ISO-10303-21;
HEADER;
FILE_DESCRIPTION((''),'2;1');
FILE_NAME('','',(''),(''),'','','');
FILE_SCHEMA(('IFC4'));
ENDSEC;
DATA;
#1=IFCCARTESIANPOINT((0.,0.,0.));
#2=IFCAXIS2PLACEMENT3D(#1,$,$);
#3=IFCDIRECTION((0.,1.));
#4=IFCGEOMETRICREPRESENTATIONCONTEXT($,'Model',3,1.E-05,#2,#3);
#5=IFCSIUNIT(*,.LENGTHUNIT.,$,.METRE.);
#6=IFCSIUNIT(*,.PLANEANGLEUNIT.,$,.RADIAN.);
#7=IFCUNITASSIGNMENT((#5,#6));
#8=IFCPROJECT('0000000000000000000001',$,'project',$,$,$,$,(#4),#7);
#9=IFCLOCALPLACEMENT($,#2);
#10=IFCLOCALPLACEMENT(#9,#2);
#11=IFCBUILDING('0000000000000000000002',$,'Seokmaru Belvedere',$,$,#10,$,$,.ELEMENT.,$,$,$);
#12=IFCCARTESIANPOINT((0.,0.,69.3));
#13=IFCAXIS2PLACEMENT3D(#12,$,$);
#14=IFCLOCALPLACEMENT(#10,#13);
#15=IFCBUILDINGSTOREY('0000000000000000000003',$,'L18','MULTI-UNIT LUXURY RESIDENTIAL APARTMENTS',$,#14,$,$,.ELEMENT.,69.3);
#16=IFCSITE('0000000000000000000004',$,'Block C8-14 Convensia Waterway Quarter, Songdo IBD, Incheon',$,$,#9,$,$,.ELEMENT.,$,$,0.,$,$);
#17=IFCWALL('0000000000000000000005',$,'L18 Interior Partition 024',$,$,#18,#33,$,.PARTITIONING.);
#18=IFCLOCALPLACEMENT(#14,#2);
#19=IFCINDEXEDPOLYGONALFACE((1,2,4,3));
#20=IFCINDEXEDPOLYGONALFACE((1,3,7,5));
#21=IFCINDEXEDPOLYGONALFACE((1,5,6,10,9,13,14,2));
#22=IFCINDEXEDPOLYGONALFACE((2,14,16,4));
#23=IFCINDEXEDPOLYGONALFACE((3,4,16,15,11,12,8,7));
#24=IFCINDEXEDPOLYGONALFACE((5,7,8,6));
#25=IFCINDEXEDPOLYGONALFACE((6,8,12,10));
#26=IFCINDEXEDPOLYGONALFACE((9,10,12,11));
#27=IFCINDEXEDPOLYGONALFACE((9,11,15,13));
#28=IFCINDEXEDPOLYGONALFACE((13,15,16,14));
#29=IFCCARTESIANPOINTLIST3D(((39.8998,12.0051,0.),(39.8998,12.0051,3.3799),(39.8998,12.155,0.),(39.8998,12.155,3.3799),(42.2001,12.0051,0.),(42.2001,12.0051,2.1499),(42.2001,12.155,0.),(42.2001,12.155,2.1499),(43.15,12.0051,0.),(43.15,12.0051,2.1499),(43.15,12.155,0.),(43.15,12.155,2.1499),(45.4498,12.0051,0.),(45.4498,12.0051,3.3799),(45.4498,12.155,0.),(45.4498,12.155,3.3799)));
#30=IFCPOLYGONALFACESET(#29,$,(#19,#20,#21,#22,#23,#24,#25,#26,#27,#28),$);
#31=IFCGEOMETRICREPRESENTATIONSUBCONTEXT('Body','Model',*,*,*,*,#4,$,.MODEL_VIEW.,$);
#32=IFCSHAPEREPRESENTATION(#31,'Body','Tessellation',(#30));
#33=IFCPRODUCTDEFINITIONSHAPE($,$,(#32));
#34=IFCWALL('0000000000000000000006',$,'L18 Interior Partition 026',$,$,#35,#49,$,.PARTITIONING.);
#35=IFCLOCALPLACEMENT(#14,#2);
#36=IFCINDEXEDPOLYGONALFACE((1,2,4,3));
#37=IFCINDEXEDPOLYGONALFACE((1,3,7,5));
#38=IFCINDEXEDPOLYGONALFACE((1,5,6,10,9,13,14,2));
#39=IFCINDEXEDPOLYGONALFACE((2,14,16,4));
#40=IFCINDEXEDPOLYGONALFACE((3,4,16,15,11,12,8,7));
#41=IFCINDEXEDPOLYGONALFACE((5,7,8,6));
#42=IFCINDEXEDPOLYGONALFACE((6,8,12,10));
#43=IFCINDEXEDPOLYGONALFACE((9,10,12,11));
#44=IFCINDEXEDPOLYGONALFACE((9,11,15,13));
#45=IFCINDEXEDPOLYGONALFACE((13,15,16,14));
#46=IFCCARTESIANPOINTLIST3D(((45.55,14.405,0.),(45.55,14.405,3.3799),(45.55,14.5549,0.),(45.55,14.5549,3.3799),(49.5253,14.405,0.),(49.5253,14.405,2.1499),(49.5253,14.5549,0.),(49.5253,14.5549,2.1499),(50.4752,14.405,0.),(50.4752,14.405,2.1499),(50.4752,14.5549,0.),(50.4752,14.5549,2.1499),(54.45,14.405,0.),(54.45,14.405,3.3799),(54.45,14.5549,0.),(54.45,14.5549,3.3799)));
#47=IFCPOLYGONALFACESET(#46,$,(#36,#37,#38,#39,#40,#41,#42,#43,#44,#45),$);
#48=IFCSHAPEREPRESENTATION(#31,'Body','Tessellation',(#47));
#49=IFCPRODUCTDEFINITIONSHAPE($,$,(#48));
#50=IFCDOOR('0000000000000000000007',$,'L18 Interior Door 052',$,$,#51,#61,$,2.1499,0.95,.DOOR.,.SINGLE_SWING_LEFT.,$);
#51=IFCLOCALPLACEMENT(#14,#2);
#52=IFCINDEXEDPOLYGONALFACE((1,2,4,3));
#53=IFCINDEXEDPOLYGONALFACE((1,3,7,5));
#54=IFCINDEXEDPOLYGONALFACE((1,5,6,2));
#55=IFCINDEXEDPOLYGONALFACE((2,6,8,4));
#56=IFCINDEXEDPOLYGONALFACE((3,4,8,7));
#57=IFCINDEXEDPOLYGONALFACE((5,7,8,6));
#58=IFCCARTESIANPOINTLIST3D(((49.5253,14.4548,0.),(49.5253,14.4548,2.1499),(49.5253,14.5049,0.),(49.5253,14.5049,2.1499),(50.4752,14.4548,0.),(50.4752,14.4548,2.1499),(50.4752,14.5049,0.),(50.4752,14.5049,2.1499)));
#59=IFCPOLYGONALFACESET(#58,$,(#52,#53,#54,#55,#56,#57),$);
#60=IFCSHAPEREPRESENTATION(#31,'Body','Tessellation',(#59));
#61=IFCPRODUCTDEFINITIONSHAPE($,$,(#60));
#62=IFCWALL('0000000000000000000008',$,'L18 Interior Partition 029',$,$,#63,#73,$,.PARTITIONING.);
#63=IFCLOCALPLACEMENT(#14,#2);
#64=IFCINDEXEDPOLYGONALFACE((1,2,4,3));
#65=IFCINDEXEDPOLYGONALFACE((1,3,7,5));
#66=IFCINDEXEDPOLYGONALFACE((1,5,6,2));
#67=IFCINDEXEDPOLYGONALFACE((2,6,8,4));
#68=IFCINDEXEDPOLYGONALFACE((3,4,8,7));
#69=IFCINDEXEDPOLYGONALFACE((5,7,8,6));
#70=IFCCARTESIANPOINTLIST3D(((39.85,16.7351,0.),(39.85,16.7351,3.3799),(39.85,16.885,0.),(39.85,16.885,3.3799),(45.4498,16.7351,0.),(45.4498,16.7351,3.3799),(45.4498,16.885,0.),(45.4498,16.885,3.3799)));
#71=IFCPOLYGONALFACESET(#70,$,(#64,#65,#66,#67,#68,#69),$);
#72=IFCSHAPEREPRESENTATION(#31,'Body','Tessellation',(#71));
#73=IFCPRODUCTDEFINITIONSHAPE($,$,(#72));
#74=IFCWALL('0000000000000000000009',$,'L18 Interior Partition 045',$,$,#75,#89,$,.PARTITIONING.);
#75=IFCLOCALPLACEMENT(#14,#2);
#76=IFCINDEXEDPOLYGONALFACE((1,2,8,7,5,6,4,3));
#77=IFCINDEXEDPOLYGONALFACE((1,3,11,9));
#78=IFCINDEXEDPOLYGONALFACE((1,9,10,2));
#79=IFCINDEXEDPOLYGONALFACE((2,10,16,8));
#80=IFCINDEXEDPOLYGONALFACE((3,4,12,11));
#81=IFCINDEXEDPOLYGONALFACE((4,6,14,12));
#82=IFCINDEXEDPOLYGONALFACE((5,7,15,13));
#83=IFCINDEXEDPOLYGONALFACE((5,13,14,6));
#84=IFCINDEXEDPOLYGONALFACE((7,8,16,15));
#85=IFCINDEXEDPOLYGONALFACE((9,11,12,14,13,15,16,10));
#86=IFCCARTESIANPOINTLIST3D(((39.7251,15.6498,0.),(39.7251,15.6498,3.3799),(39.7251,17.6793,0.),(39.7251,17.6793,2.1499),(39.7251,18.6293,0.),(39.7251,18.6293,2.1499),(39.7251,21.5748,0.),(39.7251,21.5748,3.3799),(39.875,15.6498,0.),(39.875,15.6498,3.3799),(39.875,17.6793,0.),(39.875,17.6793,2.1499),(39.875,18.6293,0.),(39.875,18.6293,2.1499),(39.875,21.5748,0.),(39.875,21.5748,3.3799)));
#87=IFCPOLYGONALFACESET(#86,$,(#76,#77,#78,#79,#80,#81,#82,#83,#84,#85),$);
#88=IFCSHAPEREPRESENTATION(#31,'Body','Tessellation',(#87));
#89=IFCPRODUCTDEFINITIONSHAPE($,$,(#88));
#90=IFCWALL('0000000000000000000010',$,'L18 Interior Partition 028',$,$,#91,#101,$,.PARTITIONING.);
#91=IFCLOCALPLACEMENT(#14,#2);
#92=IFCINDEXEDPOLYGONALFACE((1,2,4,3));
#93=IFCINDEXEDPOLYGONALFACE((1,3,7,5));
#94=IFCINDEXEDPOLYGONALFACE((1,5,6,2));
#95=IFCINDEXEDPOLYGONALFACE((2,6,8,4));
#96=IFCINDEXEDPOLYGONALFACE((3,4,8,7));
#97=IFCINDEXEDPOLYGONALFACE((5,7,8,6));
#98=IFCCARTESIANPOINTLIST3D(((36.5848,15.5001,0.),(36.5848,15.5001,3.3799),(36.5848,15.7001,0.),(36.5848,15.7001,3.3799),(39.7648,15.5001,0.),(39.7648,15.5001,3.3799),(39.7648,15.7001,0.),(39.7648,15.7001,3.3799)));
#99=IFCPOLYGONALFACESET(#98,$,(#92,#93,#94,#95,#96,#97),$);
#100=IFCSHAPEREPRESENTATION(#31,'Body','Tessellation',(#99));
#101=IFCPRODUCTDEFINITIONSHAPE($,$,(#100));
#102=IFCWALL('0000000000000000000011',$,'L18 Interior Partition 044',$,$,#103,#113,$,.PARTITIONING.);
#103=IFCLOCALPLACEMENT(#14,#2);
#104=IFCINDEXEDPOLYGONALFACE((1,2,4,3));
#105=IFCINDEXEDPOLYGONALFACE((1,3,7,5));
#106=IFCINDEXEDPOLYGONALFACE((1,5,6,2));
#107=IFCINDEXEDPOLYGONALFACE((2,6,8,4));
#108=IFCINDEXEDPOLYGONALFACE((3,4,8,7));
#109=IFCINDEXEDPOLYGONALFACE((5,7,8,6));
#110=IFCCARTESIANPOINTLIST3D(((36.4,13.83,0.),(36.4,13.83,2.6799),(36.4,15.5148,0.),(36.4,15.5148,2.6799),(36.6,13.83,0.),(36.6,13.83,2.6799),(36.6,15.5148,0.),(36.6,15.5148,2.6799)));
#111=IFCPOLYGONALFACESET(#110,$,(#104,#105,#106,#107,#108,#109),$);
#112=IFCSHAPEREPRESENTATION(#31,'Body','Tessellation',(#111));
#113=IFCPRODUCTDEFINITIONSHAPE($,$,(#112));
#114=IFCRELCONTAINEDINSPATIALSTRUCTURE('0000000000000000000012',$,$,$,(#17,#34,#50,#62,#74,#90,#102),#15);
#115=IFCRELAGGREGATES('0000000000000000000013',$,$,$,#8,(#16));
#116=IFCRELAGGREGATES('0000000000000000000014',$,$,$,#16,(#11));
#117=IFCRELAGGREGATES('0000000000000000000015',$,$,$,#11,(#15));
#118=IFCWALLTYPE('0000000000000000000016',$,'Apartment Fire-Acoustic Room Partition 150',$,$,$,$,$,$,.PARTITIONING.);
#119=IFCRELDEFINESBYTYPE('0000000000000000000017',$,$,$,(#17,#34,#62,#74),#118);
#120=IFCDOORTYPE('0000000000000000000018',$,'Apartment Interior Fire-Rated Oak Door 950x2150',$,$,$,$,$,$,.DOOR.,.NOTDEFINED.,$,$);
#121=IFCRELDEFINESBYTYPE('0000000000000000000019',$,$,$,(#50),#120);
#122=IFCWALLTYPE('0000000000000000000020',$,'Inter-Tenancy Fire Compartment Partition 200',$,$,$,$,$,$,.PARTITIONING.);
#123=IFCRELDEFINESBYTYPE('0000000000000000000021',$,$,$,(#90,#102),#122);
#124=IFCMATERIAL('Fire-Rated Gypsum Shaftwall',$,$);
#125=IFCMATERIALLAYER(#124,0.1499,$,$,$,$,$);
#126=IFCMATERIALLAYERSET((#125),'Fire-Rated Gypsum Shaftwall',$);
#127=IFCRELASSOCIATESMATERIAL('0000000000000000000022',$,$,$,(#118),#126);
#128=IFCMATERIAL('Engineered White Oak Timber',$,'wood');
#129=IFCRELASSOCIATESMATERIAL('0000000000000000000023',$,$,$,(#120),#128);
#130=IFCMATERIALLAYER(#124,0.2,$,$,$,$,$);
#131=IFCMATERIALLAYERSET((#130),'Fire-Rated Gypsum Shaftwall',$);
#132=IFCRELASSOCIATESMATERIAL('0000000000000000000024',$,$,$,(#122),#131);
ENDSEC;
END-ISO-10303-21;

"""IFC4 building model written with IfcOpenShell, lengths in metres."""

from ifc_helpers import new_model, si_unit, direction, frame, frame_2d, origin, place, context, subcontext, project, spatial, rectangle, extrude, source, transform, mapped, material, layer, layer_set, type_object, type_shapes, element, fill, save


model = new_model("IFC4")

# Units and contexts
model_context = context("Model", 3, precision=1e-05, world=origin(), true_north=direction((0.0, 1.0)))
body_context = subcontext(model_context, "Body", "Model", "MODEL_VIEW")
ifc_project = project(units=[si_unit("LENGTHUNIT", "METRE"), si_unit("PLANEANGLEUNIT", "RADIAN")], contexts=[model_context])

# Site, building, storey
site_placement = place(None, origin())
site = spatial("IfcSite", under=ifc_project, at=site_placement, Name="Block C8-14 Convensia Waterway Quarter, Songdo IBD, Incheon", CompositionType="ELEMENT", RefElevation=0.0)
building_placement = place(site_placement, origin())
building = spatial("IfcBuilding", under=site, at=building_placement, Name="Seokmaru Belvedere", CompositionType="ELEMENT")
storey_placement = place(building_placement, frame((0.0, 0.0, 69.3)))
storey = spatial("IfcBuildingStorey", under=building, at=storey_placement, Name="L18", Description="MULTI-UNIT LUXURY RESIDENTIAL APARTMENTS", CompositionType="ELEMENT", Elevation=69.3)

# Wall, opening
ifc_material_1 = material(Name="Fire-Rated Gypsum Shaftwall")
ifc_layer_1 = layer(ifc_material_1, 0.1499)
ifc_layer_set_1 = layer_set([ifc_layer_1], Name="Fire-Rated Gypsum Shaftwall")
wall_type_1 = type_object("IfcWallType", Name="Apartment Fire-Acoustic Room Partition 150", PredefinedType="PARTITIONING", material=ifc_layer_set_1)
wall_1_placement = place(storey_placement, frame((39.8999, 12.0801, 0.0), z_axis=(0.0, 0.0, 1.0), x_axis=(1.0, 0.0, 0.0)))
wall_1 = element("IfcWall", 1, at=wall_1_placement, inside=storey, type_object=wall_type_1, Name="L18 Interior Partition 024", PredefinedType="PARTITIONING", context=body_context, shape_type="SweptSolid", body=[
    extrude(rectangle(XDim=5.55, YDim=0.1499, at=frame_2d((2.7749, 0.0))), origin(), (0.0, 0.0, 1.0), 3.3799),
])
opening_1_placement = place(wall_1_placement, frame((2.3, 0.0, 0.0)))
element("IfcOpeningElement", 2, at=opening_1_placement, cuts=wall_1, PredefinedType="OPENING", context=body_context, shape_type="SweptSolid", body=[
    extrude(rectangle(XDim=0.95, YDim=2.1499, at=frame_2d((0.4751, 1.075))), frame((0.0, 0.085, 0.0), z_axis=(0.0, -1.0, 0.0), x_axis=(1.0, 0.0, 0.0)), (0.0, 0.0, 1.0), 0.1699),
])

# Wall, opening, door
wall_2_placement = place(storey_placement, frame((45.55, 14.48, 0.0), z_axis=(0.0, 0.0, 1.0), x_axis=(1.0, 0.0, 0.0)))
wall_2 = element("IfcWall", 3, at=wall_2_placement, inside=storey, type_object=wall_type_1, Name="L18 Interior Partition 026", PredefinedType="PARTITIONING", context=body_context, shape_type="SweptSolid", body=[
    extrude(rectangle(XDim=8.8999, YDim=0.1499, at=frame_2d((4.45, 0.0))), origin(), (0.0, 0.0, 1.0), 3.3799),
])
opening_2_placement = place(wall_2_placement, frame((3.9751, 0.0, 0.0)))
opening_2 = element("IfcOpeningElement", 4, at=opening_2_placement, cuts=wall_2, PredefinedType="OPENING", context=body_context, shape_type="SweptSolid", body=[
    extrude(rectangle(XDim=0.95, YDim=2.1499, at=frame_2d((0.4751, 1.075))), frame((0.0, 0.085, 0.0), z_axis=(0.0, -1.0, 0.0), x_axis=(1.0, 0.0, 0.0)), (0.0, 0.0, 1.0), 0.1699),
])
ifc_material_2 = material(Name="Engineered White Oak Timber", Category="wood")
door_type = type_object("IfcDoorType", Name="Apartment Interior Fire-Rated Oak Door 950x2150", OperationType="NOTDEFINED", PredefinedType="DOOR", material=ifc_material_2)
shared_shape_1 = source(origin(), body_context, "Body", "SweptSolid", [
    extrude(rectangle(XDim=0.95, YDim=2.1499, at=frame_2d((0.4751, 1.075))), frame((0.0, 0.0249, 0.0), z_axis=(0.0, -1.0, 0.0), x_axis=(1.0, 0.0, 0.0)), (0.0, 0.0, 1.0), 0.05),
])
type_shapes(door_type, [shared_shape_1])
door_placement = place(opening_2_placement, origin())
door = element("IfcDoor", 5, at=door_placement, inside=storey, type_object=door_type, Name="L18 Interior Door 052", OperationType="SINGLE_SWING_LEFT", OverallHeight=2.1499, OverallWidth=0.95, PredefinedType="DOOR", context=body_context, shape_type="MappedRepresentation", body=[
    mapped(shared_shape_1, transform((0.0, 0.0, 0.0), scale=1.0)),
])
fill(opening_2, door)

# Wall
wall_3_placement = place(storey_placement, frame((39.8501, 16.8101, 0.0), z_axis=(0.0, 0.0, 1.0), x_axis=(1.0, 0.0, 0.0)))
element("IfcWall", 6, at=wall_3_placement, inside=storey, type_object=wall_type_1, Name="L18 Interior Partition 029", PredefinedType="PARTITIONING", context=body_context, shape_type="SweptSolid", body=[
    extrude(rectangle(XDim=5.5999, YDim=0.1499, at=frame_2d((2.7998, 0.0))), origin(), (0.0, 0.0, 1.0), 3.3799),
])

# Wall, opening
wall_4_placement = place(storey_placement, frame((39.8, 15.6499, 0.0), z_axis=(0.0, 0.0, 1.0), x_axis=(0.0, 1.0, 0.0)))
wall_4 = element("IfcWall", 7, at=wall_4_placement, inside=storey, type_object=wall_type_1, Name="L18 Interior Partition 045", PredefinedType="PARTITIONING", context=body_context, shape_type="SweptSolid", body=[
    extrude(rectangle(XDim=5.925, YDim=0.1499, at=frame_2d((2.9624, 0.0))), origin(), (0.0, 0.0, 1.0), 3.3799),
])
opening_3_placement = place(wall_4_placement, frame((2.0293, 0.0, 0.0)))
element("IfcOpeningElement", 8, at=opening_3_placement, cuts=wall_4, PredefinedType="OPENING", context=body_context, shape_type="SweptSolid", body=[
    extrude(rectangle(XDim=0.95, YDim=2.1499, at=frame_2d((0.4751, 1.075))), frame((0.0, 0.085, 0.0), z_axis=(0.0, -1.0, 0.0), x_axis=(1.0, 0.0, 0.0)), (0.0, 0.0, 1.0), 0.1699),
])

# Walls
ifc_layer_2 = layer(ifc_material_1, 0.2)
ifc_layer_set_2 = layer_set([ifc_layer_2], Name="Fire-Rated Gypsum Shaftwall")
wall_type_2 = type_object("IfcWallType", Name="Inter-Tenancy Fire Compartment Partition 200", PredefinedType="PARTITIONING", material=ifc_layer_set_2)
wall_5_placement = place(storey_placement, frame((36.585, 15.6001, 0.0), z_axis=(0.0, 0.0, 1.0), x_axis=(1.0, 0.0, 0.0)))
element("IfcWall", 9, at=wall_5_placement, inside=storey, type_object=wall_type_2, Name="L18 Interior Partition 028", PredefinedType="PARTITIONING", context=body_context, shape_type="SweptSolid", body=[
    extrude(rectangle(XDim=3.1799, YDim=0.2, at=frame_2d((1.5898, 0.0))), origin(), (0.0, 0.0, 1.0), 3.3799),
])
wall_6_placement = place(storey_placement, frame((36.5, 13.8301, 0.0), z_axis=(0.0, 0.0, 1.0), x_axis=(0.0, 1.0, 0.0)))
element("IfcWall", 10, at=wall_6_placement, inside=storey, type_object=wall_type_2, Name="L18 Interior Partition 044", PredefinedType="PARTITIONING", context=body_context, shape_type="SweptSolid", body=[
    extrude(rectangle(XDim=1.6848, YDim=0.2, at=frame_2d((0.8423, 0.0))), origin(), (0.0, 0.0, 1.0), 2.6799),
])

save(model, "model.ifc")
